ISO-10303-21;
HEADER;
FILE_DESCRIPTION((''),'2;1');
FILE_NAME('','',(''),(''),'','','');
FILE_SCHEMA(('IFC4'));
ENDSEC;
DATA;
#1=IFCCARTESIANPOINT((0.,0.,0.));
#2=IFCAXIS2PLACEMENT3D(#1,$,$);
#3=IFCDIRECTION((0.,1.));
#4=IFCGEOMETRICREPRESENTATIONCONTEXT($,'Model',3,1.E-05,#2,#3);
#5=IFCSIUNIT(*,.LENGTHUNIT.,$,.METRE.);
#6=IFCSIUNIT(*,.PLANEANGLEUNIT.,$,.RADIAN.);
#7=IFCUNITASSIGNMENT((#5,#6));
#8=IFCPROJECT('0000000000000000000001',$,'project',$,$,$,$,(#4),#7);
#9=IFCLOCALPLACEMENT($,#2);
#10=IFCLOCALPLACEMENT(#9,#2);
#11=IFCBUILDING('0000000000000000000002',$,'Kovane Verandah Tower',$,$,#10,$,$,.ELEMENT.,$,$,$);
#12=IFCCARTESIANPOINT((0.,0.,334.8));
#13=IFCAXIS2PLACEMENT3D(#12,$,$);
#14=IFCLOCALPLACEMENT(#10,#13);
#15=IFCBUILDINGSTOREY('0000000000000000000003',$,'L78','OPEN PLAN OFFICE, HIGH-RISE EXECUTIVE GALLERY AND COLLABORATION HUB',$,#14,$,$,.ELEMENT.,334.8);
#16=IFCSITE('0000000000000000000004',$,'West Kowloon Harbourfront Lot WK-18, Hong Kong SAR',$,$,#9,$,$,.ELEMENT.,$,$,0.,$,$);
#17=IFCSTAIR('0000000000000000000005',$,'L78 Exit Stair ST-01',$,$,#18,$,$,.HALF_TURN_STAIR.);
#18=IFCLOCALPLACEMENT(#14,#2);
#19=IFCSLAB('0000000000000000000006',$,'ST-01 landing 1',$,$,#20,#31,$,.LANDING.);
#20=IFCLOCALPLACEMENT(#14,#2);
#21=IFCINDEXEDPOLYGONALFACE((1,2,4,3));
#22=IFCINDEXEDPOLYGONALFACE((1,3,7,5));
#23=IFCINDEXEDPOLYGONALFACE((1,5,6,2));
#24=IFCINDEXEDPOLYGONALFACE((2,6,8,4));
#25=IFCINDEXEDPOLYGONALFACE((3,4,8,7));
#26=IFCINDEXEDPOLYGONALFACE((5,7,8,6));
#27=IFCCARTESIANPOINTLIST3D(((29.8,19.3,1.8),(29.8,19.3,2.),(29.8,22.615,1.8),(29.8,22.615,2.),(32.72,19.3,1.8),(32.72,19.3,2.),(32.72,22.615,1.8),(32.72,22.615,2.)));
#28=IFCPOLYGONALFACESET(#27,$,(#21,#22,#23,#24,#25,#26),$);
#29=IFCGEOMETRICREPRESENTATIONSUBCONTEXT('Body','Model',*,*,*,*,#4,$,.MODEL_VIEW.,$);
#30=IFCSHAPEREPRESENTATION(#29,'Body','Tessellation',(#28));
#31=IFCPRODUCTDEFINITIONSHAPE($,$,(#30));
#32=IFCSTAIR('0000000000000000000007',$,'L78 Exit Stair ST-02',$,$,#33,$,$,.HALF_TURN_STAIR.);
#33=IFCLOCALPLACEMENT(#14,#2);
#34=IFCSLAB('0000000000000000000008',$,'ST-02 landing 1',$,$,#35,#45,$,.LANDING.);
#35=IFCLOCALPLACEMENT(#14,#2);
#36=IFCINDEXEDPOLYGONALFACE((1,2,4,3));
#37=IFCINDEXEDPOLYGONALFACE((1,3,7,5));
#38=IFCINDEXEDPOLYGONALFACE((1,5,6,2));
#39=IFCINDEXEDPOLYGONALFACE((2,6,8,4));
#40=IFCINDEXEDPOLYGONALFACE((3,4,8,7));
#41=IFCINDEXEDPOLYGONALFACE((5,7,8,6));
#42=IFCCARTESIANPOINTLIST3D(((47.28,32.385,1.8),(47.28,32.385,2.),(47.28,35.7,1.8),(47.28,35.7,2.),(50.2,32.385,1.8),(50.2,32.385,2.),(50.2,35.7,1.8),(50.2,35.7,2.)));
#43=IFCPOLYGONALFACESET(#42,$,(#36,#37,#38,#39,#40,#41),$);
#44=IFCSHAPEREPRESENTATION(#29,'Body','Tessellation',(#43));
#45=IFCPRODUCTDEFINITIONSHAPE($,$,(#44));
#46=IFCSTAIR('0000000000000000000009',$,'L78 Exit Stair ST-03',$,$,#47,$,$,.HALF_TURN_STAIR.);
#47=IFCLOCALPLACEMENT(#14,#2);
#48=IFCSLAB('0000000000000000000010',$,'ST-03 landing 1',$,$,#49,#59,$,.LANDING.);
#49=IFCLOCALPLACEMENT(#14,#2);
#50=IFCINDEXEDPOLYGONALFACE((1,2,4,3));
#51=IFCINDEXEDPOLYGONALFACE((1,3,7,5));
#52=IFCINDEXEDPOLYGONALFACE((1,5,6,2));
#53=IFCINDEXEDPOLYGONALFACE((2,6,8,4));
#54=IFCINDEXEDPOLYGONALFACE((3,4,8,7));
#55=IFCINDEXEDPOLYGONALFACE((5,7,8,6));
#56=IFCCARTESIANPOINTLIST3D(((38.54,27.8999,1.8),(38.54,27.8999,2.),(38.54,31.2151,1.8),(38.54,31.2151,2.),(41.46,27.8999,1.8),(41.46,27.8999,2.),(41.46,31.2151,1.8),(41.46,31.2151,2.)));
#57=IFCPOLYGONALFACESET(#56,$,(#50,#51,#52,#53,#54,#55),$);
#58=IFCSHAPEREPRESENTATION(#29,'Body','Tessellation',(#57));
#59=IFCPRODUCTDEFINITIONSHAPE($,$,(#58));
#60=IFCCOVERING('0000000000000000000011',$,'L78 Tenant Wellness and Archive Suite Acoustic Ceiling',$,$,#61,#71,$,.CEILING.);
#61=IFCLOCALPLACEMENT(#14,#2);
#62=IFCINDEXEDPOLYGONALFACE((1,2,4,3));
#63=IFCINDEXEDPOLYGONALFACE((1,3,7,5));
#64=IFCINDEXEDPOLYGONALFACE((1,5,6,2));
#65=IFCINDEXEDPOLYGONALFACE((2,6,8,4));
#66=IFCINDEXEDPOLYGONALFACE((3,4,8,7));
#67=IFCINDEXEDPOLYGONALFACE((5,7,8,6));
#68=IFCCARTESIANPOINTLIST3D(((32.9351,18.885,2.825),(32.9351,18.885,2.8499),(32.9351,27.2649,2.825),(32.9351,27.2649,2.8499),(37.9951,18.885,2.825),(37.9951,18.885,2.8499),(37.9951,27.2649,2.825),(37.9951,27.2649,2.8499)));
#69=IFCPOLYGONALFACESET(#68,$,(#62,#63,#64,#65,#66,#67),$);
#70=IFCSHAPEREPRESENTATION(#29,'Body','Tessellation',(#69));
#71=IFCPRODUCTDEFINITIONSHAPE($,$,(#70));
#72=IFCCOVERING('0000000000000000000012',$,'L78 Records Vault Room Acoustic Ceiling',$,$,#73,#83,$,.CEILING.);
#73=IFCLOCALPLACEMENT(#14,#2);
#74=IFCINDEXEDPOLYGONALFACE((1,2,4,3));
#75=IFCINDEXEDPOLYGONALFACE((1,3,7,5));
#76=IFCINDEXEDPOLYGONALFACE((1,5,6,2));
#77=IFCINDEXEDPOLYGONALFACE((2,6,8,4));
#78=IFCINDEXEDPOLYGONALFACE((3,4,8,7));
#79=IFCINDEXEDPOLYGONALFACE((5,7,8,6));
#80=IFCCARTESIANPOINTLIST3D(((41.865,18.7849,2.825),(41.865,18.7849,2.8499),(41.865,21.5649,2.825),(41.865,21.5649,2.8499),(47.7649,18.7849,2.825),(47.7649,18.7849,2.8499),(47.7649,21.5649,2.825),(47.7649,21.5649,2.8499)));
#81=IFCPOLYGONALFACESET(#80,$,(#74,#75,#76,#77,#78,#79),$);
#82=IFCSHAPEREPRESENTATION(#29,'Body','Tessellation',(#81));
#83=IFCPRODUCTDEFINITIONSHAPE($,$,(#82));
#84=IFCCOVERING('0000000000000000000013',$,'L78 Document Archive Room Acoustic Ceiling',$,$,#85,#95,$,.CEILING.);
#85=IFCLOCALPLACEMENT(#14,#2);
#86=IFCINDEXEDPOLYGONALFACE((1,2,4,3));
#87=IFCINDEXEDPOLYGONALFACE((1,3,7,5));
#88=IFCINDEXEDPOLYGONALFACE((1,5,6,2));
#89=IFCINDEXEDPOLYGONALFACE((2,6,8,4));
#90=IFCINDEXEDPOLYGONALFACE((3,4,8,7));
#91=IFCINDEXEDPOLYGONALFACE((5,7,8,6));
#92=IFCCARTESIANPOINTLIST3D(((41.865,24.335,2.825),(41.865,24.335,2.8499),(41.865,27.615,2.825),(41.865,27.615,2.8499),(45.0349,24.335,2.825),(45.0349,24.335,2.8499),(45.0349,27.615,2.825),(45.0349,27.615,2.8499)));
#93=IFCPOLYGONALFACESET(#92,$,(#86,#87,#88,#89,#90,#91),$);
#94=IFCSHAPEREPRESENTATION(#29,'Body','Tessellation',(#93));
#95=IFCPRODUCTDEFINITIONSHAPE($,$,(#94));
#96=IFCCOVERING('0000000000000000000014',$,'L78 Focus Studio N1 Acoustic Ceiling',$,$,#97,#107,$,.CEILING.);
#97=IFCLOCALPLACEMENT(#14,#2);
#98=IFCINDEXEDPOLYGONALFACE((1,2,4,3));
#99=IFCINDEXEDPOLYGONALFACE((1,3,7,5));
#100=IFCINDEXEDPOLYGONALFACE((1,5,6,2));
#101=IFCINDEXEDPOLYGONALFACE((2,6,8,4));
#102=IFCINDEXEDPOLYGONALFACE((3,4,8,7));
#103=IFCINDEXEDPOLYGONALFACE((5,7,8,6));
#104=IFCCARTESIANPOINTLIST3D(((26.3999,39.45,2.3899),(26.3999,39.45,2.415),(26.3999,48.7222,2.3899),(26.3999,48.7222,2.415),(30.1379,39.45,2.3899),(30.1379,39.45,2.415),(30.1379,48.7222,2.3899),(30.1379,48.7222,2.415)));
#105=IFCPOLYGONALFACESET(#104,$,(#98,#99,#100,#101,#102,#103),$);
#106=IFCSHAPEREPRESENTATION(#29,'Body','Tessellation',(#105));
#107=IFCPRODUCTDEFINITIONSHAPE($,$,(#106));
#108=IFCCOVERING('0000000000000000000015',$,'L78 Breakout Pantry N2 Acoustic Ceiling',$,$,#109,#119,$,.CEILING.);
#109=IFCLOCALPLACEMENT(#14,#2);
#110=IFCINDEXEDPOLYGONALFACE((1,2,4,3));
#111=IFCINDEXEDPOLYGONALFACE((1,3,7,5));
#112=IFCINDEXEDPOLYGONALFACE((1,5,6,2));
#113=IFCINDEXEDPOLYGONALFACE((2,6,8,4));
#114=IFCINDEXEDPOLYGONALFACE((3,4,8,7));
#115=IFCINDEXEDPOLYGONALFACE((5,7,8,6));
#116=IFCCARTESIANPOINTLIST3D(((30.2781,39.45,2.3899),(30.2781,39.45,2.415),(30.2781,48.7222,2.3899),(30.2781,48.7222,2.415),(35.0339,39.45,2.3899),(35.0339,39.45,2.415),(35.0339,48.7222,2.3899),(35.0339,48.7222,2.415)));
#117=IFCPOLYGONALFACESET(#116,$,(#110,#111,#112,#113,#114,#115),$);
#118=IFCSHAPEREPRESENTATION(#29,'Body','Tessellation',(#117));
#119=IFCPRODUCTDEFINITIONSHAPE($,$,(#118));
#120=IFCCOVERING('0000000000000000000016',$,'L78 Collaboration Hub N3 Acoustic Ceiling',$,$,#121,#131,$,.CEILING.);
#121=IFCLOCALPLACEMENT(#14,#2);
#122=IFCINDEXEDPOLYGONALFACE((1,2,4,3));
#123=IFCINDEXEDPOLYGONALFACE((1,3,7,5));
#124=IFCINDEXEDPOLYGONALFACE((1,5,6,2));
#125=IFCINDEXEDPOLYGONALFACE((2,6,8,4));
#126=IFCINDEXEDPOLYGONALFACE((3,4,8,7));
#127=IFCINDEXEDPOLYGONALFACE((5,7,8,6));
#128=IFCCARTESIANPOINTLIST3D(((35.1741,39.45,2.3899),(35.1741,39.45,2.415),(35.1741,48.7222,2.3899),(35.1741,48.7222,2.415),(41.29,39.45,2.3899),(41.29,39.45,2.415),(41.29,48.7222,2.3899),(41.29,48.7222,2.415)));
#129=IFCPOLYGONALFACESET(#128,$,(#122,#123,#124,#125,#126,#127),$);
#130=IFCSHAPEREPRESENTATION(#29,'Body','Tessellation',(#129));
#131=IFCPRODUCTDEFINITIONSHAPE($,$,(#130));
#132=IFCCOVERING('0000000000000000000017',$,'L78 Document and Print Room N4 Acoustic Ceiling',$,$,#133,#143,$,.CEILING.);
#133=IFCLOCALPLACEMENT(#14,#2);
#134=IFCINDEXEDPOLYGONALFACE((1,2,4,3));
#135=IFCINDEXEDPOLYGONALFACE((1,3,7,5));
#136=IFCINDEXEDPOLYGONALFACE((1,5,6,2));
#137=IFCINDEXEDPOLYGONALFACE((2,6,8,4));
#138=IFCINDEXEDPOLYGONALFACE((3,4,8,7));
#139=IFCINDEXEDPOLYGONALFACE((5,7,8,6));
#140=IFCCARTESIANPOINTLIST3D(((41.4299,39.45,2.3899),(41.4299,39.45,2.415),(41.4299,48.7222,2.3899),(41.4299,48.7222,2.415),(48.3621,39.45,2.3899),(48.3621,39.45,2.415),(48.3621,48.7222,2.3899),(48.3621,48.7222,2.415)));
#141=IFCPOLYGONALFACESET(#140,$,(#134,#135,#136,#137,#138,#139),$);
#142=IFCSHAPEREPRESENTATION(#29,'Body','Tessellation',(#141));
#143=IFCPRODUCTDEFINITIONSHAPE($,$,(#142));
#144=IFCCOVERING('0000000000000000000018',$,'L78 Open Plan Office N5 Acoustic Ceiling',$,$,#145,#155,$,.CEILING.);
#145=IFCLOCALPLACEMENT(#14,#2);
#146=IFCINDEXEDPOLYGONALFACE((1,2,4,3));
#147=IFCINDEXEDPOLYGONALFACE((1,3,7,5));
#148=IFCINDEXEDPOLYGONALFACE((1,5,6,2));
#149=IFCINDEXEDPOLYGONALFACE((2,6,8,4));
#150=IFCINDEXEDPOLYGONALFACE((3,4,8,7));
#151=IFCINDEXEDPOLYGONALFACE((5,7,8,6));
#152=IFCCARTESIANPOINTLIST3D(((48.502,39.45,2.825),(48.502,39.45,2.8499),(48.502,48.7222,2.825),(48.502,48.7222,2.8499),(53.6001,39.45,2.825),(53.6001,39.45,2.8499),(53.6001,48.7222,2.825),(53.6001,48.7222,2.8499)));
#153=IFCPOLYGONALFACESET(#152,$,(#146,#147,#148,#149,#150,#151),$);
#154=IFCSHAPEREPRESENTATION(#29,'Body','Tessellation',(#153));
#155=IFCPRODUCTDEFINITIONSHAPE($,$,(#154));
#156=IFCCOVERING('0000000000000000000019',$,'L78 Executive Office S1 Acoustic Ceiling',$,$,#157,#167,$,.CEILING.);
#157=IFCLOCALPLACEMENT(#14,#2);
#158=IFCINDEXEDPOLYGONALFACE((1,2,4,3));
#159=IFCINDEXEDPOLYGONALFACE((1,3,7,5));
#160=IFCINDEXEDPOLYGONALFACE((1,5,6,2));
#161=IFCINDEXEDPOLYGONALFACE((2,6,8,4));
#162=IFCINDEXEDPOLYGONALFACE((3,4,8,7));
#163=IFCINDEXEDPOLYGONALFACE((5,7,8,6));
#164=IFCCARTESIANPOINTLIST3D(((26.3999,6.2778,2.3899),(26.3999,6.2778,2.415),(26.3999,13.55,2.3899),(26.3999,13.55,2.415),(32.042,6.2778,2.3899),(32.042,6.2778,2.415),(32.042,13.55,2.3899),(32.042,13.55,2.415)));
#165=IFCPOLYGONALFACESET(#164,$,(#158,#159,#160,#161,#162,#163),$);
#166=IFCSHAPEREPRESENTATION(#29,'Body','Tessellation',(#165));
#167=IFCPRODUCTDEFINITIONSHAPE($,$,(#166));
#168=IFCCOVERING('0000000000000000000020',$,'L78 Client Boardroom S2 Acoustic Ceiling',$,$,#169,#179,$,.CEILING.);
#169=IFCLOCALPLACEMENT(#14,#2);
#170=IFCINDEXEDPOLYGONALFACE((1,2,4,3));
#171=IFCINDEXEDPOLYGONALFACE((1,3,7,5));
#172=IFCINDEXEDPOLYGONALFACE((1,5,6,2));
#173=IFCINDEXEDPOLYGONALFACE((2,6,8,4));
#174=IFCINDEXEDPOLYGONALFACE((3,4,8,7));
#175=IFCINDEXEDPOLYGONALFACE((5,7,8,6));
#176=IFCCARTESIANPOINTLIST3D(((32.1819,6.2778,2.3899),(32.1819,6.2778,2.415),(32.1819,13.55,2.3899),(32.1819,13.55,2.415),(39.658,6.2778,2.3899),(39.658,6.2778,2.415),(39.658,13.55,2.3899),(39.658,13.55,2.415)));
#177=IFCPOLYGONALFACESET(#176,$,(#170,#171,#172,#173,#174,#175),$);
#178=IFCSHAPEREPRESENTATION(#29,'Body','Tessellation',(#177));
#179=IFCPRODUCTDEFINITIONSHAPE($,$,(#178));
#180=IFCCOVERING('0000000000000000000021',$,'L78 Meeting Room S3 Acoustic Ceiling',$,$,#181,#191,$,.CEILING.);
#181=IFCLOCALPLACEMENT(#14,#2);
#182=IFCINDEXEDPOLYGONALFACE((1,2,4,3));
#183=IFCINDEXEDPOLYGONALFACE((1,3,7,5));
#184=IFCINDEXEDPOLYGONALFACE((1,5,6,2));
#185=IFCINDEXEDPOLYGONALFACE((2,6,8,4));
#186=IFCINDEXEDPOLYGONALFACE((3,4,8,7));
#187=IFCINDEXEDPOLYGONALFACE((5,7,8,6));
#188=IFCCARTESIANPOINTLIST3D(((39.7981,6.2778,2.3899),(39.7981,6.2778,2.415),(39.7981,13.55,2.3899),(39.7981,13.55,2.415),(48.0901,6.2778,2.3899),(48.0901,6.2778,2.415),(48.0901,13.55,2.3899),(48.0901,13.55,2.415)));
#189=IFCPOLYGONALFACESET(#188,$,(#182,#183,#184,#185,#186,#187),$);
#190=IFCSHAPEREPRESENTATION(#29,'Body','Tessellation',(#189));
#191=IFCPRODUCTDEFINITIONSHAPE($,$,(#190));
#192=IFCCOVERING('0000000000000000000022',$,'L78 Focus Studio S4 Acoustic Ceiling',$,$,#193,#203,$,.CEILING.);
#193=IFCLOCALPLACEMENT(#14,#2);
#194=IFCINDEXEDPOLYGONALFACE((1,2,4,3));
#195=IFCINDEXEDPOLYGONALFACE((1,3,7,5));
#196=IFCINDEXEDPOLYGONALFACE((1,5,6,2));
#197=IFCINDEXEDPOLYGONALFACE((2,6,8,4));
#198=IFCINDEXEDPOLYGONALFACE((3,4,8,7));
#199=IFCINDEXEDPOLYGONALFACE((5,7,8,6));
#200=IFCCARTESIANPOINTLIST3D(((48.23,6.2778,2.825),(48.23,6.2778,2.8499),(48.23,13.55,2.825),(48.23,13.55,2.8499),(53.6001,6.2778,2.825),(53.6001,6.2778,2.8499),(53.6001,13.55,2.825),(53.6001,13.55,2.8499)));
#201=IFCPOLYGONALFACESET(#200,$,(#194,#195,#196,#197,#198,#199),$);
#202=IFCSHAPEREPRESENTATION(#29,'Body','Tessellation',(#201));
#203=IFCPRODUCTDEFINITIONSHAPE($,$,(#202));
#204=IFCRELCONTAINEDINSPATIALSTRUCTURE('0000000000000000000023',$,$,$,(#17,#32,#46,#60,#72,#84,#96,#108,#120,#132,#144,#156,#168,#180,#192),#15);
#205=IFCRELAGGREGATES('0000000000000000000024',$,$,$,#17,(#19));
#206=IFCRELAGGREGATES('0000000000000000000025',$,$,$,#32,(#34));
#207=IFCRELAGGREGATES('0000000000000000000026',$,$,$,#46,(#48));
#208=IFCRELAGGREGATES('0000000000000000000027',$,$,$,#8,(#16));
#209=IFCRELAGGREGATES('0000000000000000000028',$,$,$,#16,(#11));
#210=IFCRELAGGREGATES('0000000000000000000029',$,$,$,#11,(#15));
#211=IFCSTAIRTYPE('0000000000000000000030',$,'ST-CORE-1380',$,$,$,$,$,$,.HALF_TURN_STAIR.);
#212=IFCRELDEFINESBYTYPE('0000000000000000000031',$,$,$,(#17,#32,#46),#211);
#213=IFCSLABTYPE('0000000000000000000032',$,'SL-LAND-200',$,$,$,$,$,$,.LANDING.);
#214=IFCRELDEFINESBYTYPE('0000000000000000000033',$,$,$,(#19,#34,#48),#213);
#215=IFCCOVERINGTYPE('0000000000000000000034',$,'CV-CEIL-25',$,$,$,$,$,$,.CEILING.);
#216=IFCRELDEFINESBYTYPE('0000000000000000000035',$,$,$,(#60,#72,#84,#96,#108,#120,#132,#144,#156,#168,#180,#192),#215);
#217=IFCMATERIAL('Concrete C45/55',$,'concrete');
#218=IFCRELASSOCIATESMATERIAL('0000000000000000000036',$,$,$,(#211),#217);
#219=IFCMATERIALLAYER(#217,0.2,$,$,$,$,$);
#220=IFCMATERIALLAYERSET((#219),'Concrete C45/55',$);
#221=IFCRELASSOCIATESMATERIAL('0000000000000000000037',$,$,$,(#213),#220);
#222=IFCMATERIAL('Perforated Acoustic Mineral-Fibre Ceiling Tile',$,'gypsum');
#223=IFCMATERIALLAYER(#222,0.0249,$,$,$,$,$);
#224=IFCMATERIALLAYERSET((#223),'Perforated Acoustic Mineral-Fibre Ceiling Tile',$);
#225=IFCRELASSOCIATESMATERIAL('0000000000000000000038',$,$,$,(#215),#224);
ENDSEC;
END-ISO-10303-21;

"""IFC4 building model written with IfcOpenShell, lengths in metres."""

from ifc_helpers import new_model, si_unit, direction, frame, origin, place, context, subcontext, project, spatial, polyline, outline, extrude, material, layer, layer_set, type_object, element, aggregate, save


model = new_model("IFC4")

# Units and contexts
model_context = context("Model", 3, precision=1e-05, world=origin(), true_north=direction((0.0, 1.0)))
body_context = subcontext(model_context, "Body", "Model", "MODEL_VIEW")
ifc_project = project(units=[si_unit("LENGTHUNIT", "METRE"), si_unit("PLANEANGLEUNIT", "RADIAN")], contexts=[model_context])

# Site, building, storey
site_placement = place(None, origin())
site = spatial("IfcSite", under=ifc_project, at=site_placement, Name="West Kowloon Harbourfront Lot WK-18, Hong Kong SAR", CompositionType="ELEMENT", RefElevation=0.0)
building_placement = place(site_placement, origin())
building = spatial("IfcBuilding", under=site, at=building_placement, Name="Kovane Verandah Tower", CompositionType="ELEMENT")
storey_placement = place(building_placement, frame((0.0, 0.0, 334.8)))
storey = spatial("IfcBuildingStorey", under=building, at=storey_placement, Name="L78", Description="OPEN PLAN OFFICE, HIGH-RISE EXECUTIVE GALLERY AND COLLABORATION HUB", CompositionType="ELEMENT", Elevation=334.8)

# Stairs, slabs
ifc_material_1 = material(Name="Concrete C45/55", Category="concrete")
stair_type = type_object("IfcStairType", Name="ST-CORE-1380", PredefinedType="HALF_TURN_STAIR", material=ifc_material_1)
stair_1_placement = place(storey_placement, origin())
stair_1 = element("IfcStair", 1, at=stair_1_placement, inside=storey, type_object=stair_type, Name="L78 Exit Stair ST-01", PredefinedType="HALF_TURN_STAIR")
ifc_layer_1 = layer(ifc_material_1, 0.2)
ifc_layer_set_1 = layer_set([ifc_layer_1], Name="Concrete C45/55")
slab_type = type_object("IfcSlabType", Name="SL-LAND-200", PredefinedType="LANDING", material=ifc_layer_set_1)
slab_1_placement = place(storey_placement, frame((0.0, 0.0, 1.8)))
slab_1 = element("IfcSlab", 2, at=slab_1_placement, type_object=slab_type, Name="ST-01 landing 1", PredefinedType="LANDING", context=body_context, shape_type="SweptSolid", body=[
    extrude(outline(polyline([(29.8, 22.615), (29.8, 19.3), (32.72, 19.3), (32.72, 22.615), (29.8, 22.615)])), origin(), (0.0, 0.0, 1.0), 0.2),
])
aggregate(stair_1, [slab_1])
stair_2_placement = place(storey_placement, origin())
stair_2 = element("IfcStair", 3, at=stair_2_placement, inside=storey, type_object=stair_type, Name="L78 Exit Stair ST-02", PredefinedType="HALF_TURN_STAIR")
slab_2_placement = place(storey_placement, frame((0.0, 0.0, 1.8)))
slab_2 = element("IfcSlab", 4, at=slab_2_placement, type_object=slab_type, Name="ST-02 landing 1", PredefinedType="LANDING", context=body_context, shape_type="SweptSolid", body=[
    extrude(outline(polyline([(50.2, 32.385), (50.2, 35.7), (47.28, 35.7), (47.28, 32.385), (50.2, 32.385)])), origin(), (0.0, 0.0, 1.0), 0.2),
])
aggregate(stair_2, [slab_2])
stair_3_placement = place(storey_placement, origin())
stair_3 = element("IfcStair", 5, at=stair_3_placement, inside=storey, type_object=stair_type, Name="L78 Exit Stair ST-03", PredefinedType="HALF_TURN_STAIR")
slab_3_placement = place(storey_placement, frame((0.0, 0.0, 1.8)))
slab_3 = element("IfcSlab", 6, at=slab_3_placement, type_object=slab_type, Name="ST-03 landing 1", PredefinedType="LANDING", context=body_context, shape_type="SweptSolid", body=[
    extrude(outline(polyline([(38.54, 31.2151), (38.54, 27.8999), (41.46, 27.8999), (41.46, 31.2151), (38.54, 31.2151)])), origin(), (0.0, 0.0, 1.0), 0.2),
])
aggregate(stair_3, [slab_3])

# Coverings
ifc_material_2 = material(Name="Perforated Acoustic Mineral-Fibre Ceiling Tile", Category="gypsum")
ifc_layer_2 = layer(ifc_material_2, 0.0249)
ifc_layer_set_2 = layer_set([ifc_layer_2], Name="Perforated Acoustic Mineral-Fibre Ceiling Tile")
covering_type_1 = type_object("IfcCoveringType", Name="CV-CEIL-25", PredefinedType="CEILING", material=ifc_layer_set_2)
covering_1_placement = place(storey_placement, frame((0.0, 0.0, 2.825)))
element("IfcCovering", 7, at=covering_1_placement, inside=storey, type_object=covering_type_1, Name="L78 Tenant Wellness and Archive Suite Acoustic Ceiling", PredefinedType="CEILING", context=body_context, shape_type="SweptSolid", body=[
    extrude(outline(polyline([(32.9351, 18.885), (37.9951, 18.885), (37.9951, 27.2649), (32.9351, 27.2649), (32.9351, 18.885)])), origin(), (0.0, 0.0, 1.0), 0.0249),
])
covering_2_placement = place(storey_placement, frame((0.0, 0.0, 2.825)))
element("IfcCovering", 8, at=covering_2_placement, inside=storey, type_object=covering_type_1, Name="L78 Records Vault Room Acoustic Ceiling", PredefinedType="CEILING", context=body_context, shape_type="SweptSolid", body=[
    extrude(outline(polyline([(41.865, 18.7849), (47.7649, 18.7849), (47.7649, 21.5649), (41.865, 21.5649), (41.865, 18.7849)])), origin(), (0.0, 0.0, 1.0), 0.0249),
])
covering_3_placement = place(storey_placement, frame((0.0, 0.0, 2.825)))
element("IfcCovering", 9, at=covering_3_placement, inside=storey, type_object=covering_type_1, Name="L78 Document Archive Room Acoustic Ceiling", PredefinedType="CEILING", context=body_context, shape_type="SweptSolid", body=[
    extrude(outline(polyline([(41.865, 24.335), (45.0349, 24.335), (45.0349, 27.615), (41.865, 27.615), (41.865, 24.335)])), origin(), (0.0, 0.0, 1.0), 0.0249),
])
covering_4_placement = place(storey_placement, frame((0.0, 0.0, 2.3899)))
element("IfcCovering", 10, at=covering_4_placement, inside=storey, type_object=covering_type_1, Name="L78 Focus Studio N1 Acoustic Ceiling", PredefinedType="CEILING", context=body_context, shape_type="SweptSolid", body=[
    extrude(outline(polyline([(26.3999, 39.45), (30.1379, 39.45), (30.1379, 48.7222), (26.3999, 48.7222), (26.3999, 39.45)])), origin(), (0.0, 0.0, 1.0), 0.0251),
])
covering_5_placement = place(storey_placement, frame((0.0, 0.0, 2.3899)))
element("IfcCovering", 11, at=covering_5_placement, inside=storey, type_object=covering_type_1, Name="L78 Breakout Pantry N2 Acoustic Ceiling", PredefinedType="CEILING", context=body_context, shape_type="SweptSolid", body=[
    extrude(outline(polyline([(30.2781, 39.45), (35.0339, 39.45), (35.0339, 48.7222), (30.2781, 48.7222), (30.2781, 39.45)])), origin(), (0.0, 0.0, 1.0), 0.0251),
])
covering_6_placement = place(storey_placement, frame((0.0, 0.0, 2.3899)))
element("IfcCovering", 12, at=covering_6_placement, inside=storey, type_object=covering_type_1, Name="L78 Collaboration Hub N3 Acoustic Ceiling", PredefinedType="CEILING", context=body_context, shape_type="SweptSolid", body=[
    extrude(outline(polyline([(35.1741, 39.45), (41.29, 39.45), (41.29, 48.7222), (35.1741, 48.7222), (35.1741, 39.45)])), origin(), (0.0, 0.0, 1.0), 0.0251),
])
covering_7_placement = place(storey_placement, frame((0.0, 0.0, 2.3899)))
element("IfcCovering", 13, at=covering_7_placement, inside=storey, type_object=covering_type_1, Name="L78 Document and Print Room N4 Acoustic Ceiling", PredefinedType="CEILING", context=body_context, shape_type="SweptSolid", body=[
    extrude(outline(polyline([(41.4299, 39.45), (48.3621, 39.45), (48.3621, 48.7222), (41.4299, 48.7222), (41.4299, 39.45)])), origin(), (0.0, 0.0, 1.0), 0.0251),
])
covering_8_placement = place(storey_placement, frame((0.0, 0.0, 2.825)))
element("IfcCovering", 14, at=covering_8_placement, inside=storey, type_object=covering_type_1, Name="L78 Open Plan Office N5 Acoustic Ceiling", PredefinedType="CEILING", context=body_context, shape_type="SweptSolid", body=[
    extrude(outline(polyline([(48.502, 39.45), (53.6001, 39.45), (53.6001, 48.7222), (48.502, 48.7222), (48.502, 39.45)])), origin(), (0.0, 0.0, 1.0), 0.0249),
])
covering_9_placement = place(storey_placement, frame((0.0, 0.0, 2.3899)))
element("IfcCovering", 15, at=covering_9_placement, inside=storey, type_object=covering_type_1, Name="L78 Executive Office S1 Acoustic Ceiling", PredefinedType="CEILING", context=body_context, shape_type="SweptSolid", body=[
    extrude(outline(polyline([(26.3999, 6.2778), (32.042, 6.2778), (32.042, 13.55), (26.3999, 13.55), (26.3999, 6.2778)])), origin(), (0.0, 0.0, 1.0), 0.0251),
])
covering_10_placement = place(storey_placement, frame((0.0, 0.0, 2.3899)))
element("IfcCovering", 16, at=covering_10_placement, inside=storey, type_object=covering_type_1, Name="L78 Client Boardroom S2 Acoustic Ceiling", PredefinedType="CEILING", context=body_context, shape_type="SweptSolid", body=[
    extrude(outline(polyline([(32.1819, 6.2778), (39.658, 6.2778), (39.658, 13.55), (32.1819, 13.55), (32.1819, 6.2778)])), origin(), (0.0, 0.0, 1.0), 0.0251),
])
covering_11_placement = place(storey_placement, frame((0.0, 0.0, 2.3899)))
element("IfcCovering", 17, at=covering_11_placement, inside=storey, type_object=covering_type_1, Name="L78 Meeting Room S3 Acoustic Ceiling", PredefinedType="CEILING", context=body_context, shape_type="SweptSolid", body=[
    extrude(outline(polyline([(39.7981, 6.2778), (48.0901, 6.2778), (48.0901, 13.55), (39.7981, 13.55), (39.7981, 6.2778)])), origin(), (0.0, 0.0, 1.0), 0.0251),
])
covering_12_placement = place(storey_placement, frame((0.0, 0.0, 2.825)))
element("IfcCovering", 18, at=covering_12_placement, inside=storey, type_object=covering_type_1, Name="L78 Focus Studio S4 Acoustic Ceiling", PredefinedType="CEILING", context=body_context, shape_type="SweptSolid", body=[
    extrude(outline(polyline([(48.23, 6.2778), (53.6001, 6.2778), (53.6001, 13.55), (48.23, 13.55), (48.23, 6.2778)])), origin(), (0.0, 0.0, 1.0), 0.0249),
])

save(model, "model.ifc")
